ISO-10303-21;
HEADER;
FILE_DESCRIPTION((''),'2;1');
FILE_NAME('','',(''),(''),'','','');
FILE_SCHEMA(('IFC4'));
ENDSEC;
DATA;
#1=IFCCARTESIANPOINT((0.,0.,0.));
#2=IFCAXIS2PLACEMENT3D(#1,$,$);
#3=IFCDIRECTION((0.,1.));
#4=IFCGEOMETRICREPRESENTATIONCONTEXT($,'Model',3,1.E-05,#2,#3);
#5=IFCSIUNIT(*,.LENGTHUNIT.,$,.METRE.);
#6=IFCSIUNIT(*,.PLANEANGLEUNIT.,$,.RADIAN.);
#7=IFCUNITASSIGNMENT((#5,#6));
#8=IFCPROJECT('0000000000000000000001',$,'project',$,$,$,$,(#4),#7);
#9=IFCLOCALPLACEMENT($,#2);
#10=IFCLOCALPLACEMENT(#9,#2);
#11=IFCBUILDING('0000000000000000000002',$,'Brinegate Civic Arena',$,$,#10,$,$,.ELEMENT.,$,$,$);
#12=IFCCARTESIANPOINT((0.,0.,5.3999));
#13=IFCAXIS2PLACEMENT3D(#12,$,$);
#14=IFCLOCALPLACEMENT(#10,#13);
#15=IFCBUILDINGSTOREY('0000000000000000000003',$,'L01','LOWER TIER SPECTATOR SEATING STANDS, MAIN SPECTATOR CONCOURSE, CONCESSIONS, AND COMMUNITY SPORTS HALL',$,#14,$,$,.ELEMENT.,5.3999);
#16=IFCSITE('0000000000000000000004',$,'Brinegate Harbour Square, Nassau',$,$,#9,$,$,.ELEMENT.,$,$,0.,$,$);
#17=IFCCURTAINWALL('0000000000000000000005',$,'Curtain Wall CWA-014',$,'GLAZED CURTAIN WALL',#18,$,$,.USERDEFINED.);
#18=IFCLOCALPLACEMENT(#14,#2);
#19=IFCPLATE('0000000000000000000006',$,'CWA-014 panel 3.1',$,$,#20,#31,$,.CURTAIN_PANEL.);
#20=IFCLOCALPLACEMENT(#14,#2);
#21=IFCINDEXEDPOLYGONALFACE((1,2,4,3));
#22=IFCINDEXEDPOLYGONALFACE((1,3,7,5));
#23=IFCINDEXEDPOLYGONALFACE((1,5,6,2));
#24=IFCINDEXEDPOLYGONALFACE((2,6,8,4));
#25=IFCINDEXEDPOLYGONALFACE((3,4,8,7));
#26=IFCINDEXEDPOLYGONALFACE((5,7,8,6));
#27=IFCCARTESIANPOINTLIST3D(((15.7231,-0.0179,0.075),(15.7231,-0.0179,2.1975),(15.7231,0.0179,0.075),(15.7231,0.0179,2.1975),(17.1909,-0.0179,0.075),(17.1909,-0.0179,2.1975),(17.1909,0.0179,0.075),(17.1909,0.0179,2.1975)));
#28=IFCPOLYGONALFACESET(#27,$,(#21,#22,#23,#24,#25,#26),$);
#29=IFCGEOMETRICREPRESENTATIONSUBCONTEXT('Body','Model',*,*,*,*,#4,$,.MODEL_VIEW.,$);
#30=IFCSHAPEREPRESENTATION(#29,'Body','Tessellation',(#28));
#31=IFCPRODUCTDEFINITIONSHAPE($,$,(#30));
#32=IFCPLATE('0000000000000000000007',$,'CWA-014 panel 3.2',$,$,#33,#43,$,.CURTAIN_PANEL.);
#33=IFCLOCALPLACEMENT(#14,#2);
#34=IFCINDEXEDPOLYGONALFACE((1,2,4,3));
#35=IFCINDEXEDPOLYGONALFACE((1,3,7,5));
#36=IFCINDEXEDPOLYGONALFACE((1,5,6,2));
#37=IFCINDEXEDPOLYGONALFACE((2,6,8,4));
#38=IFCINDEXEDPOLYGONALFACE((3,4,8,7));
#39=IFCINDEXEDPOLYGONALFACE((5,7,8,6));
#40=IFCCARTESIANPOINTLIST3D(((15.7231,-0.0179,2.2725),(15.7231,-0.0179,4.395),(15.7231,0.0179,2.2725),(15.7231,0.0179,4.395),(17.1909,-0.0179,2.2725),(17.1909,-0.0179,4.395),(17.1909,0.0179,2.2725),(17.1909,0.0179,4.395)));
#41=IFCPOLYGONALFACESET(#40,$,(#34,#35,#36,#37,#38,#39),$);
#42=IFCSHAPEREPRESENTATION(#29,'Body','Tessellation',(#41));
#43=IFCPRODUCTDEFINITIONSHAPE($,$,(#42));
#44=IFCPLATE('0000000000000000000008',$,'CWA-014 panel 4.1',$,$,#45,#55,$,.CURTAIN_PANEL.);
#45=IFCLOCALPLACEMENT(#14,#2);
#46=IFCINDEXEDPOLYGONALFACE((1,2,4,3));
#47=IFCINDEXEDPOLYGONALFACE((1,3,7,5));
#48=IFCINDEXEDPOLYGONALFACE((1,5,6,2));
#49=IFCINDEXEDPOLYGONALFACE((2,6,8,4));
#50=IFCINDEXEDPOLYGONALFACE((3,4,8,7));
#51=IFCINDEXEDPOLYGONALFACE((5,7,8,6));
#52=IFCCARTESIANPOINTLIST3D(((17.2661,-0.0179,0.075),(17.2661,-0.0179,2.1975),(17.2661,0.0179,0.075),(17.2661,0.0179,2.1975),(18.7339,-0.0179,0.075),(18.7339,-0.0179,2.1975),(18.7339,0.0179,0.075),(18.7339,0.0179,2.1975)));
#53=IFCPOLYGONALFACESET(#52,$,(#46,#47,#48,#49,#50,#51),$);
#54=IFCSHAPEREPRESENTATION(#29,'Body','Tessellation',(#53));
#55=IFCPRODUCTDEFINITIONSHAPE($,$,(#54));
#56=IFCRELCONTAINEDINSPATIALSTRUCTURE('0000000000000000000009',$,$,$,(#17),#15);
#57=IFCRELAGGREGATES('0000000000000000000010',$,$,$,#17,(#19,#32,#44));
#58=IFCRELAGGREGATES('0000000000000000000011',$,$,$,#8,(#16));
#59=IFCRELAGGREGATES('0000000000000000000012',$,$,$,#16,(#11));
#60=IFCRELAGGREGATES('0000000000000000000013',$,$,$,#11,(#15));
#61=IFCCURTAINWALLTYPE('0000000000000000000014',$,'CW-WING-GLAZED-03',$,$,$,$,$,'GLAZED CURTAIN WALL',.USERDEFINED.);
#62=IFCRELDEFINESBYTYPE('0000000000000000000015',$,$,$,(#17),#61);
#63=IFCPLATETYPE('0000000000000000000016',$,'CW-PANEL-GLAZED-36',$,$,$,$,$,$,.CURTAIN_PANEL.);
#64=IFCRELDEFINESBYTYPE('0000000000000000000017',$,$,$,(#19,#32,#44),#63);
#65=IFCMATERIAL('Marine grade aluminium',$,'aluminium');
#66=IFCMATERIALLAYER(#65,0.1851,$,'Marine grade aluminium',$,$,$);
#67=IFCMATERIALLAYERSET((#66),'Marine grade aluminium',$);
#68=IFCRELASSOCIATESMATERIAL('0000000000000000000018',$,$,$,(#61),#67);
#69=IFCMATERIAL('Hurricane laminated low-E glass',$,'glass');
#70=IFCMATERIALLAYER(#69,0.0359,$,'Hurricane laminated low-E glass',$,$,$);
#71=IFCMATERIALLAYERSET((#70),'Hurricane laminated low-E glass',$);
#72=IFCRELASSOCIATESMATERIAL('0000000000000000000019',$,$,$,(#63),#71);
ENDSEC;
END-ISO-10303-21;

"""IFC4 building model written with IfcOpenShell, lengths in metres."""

from ifc_helpers import new_model, si_unit, direction, frame, origin, origin_2d, place, context, subcontext, project, spatial, rectangle, extrude, material, layer, layer_set, type_object, element, aggregate, save


model = new_model("IFC4")

# Units and contexts
model_context = context("Model", 3, precision=1e-05, world=origin(), true_north=direction((0.0, 1.0)))
body_context = subcontext(model_context, "Body", "Model", "MODEL_VIEW")
ifc_project = project(units=[si_unit("LENGTHUNIT", "METRE"), si_unit("PLANEANGLEUNIT", "RADIAN")], contexts=[model_context])

# Site, building, storey
site_placement = place(None, origin())
site = spatial("IfcSite", under=ifc_project, at=site_placement, Name="Brinegate Harbour Square, Nassau", CompositionType="ELEMENT", RefElevation=0.0)
building_placement = place(site_placement, origin())
building = spatial("IfcBuilding", under=site, at=building_placement, Name="Brinegate Civic Arena", CompositionType="ELEMENT")
storey_placement = place(building_placement, frame((0.0, 0.0, 5.3999)))
storey = spatial("IfcBuildingStorey", under=building, at=storey_placement, Name="L01", Description="LOWER TIER SPECTATOR SEATING STANDS, MAIN SPECTATOR CONCOURSE, CONCESSIONS, AND COMMUNITY SPORTS HALL", CompositionType="ELEMENT", Elevation=5.3999)

# Curtain wall, plates
ifc_material_1 = material(Name="Marine grade aluminium", Category="aluminium")
ifc_layer_1 = layer(ifc_material_1, 0.1851, Name="Marine grade aluminium")
ifc_layer_set_1 = layer_set([ifc_layer_1], Name="Marine grade aluminium")
curtain_wall_type = type_object("IfcCurtainWallType", Name="CW-WING-GLAZED-03", ElementType="GLAZED CURTAIN WALL", PredefinedType="USERDEFINED", material=ifc_layer_set_1)
curtain_wall_placement = place(storey_placement, origin())
curtain_wall = element("IfcCurtainWall", 1, at=curtain_wall_placement, inside=storey, type_object=curtain_wall_type, Name="Curtain Wall CWA-014", ObjectType="GLAZED CURTAIN WALL", PredefinedType="USERDEFINED")
ifc_material_2 = material(Name="Hurricane laminated low-E glass", Category="glass")
ifc_layer_2 = layer(ifc_material_2, 0.0359, Name="Hurricane laminated low-E glass")
ifc_layer_set_2 = layer_set([ifc_layer_2], Name="Hurricane laminated low-E glass")
plate_type = type_object("IfcPlateType", Name="CW-PANEL-GLAZED-36", PredefinedType="CURTAIN_PANEL", material=ifc_layer_set_2)
plate_1_placement = place(storey_placement, frame((16.457, 0.0, 0.075), z_axis=(0.0, 0.0, 1.0), x_axis=(1.0, 0.0, 0.0)))
plate_1 = element("IfcPlate", 2, at=plate_1_placement, type_object=plate_type, Name="CWA-014 panel 3.1", PredefinedType="CURTAIN_PANEL", context=body_context, shape_type="SweptSolid", body=[
    extrude(rectangle(XDim=1.4678, YDim=0.0359, at=origin_2d()), origin(), (0.0, 0.0, 1.0), 2.1226),
])
plate_2_placement = place(storey_placement, frame((16.457, 0.0, 2.2725), z_axis=(0.0, 0.0, 1.0), x_axis=(1.0, 0.0, 0.0)))
plate_2 = element("IfcPlate", 3, at=plate_2_placement, type_object=plate_type, Name="CWA-014 panel 3.2", PredefinedType="CURTAIN_PANEL", context=body_context, shape_type="SweptSolid", body=[
    extrude(rectangle(XDim=1.4678, YDim=0.0359, at=origin_2d()), origin(), (0.0, 0.0, 1.0), 2.1226),
])
plate_3_placement = place(storey_placement, frame((18.0, 0.0, 0.075), z_axis=(0.0, 0.0, 1.0), x_axis=(1.0, 0.0, 0.0)))
plate_3 = element("IfcPlate", 4, at=plate_3_placement, type_object=plate_type, Name="CWA-014 panel 4.1", PredefinedType="CURTAIN_PANEL", context=body_context, shape_type="SweptSolid", body=[
    extrude(rectangle(XDim=1.4678, YDim=0.0359, at=origin_2d()), origin(), (0.0, 0.0, 1.0), 2.1226),
])
aggregate(curtain_wall, [plate_1, plate_2, plate_3])

save(model, "model.ifc")
